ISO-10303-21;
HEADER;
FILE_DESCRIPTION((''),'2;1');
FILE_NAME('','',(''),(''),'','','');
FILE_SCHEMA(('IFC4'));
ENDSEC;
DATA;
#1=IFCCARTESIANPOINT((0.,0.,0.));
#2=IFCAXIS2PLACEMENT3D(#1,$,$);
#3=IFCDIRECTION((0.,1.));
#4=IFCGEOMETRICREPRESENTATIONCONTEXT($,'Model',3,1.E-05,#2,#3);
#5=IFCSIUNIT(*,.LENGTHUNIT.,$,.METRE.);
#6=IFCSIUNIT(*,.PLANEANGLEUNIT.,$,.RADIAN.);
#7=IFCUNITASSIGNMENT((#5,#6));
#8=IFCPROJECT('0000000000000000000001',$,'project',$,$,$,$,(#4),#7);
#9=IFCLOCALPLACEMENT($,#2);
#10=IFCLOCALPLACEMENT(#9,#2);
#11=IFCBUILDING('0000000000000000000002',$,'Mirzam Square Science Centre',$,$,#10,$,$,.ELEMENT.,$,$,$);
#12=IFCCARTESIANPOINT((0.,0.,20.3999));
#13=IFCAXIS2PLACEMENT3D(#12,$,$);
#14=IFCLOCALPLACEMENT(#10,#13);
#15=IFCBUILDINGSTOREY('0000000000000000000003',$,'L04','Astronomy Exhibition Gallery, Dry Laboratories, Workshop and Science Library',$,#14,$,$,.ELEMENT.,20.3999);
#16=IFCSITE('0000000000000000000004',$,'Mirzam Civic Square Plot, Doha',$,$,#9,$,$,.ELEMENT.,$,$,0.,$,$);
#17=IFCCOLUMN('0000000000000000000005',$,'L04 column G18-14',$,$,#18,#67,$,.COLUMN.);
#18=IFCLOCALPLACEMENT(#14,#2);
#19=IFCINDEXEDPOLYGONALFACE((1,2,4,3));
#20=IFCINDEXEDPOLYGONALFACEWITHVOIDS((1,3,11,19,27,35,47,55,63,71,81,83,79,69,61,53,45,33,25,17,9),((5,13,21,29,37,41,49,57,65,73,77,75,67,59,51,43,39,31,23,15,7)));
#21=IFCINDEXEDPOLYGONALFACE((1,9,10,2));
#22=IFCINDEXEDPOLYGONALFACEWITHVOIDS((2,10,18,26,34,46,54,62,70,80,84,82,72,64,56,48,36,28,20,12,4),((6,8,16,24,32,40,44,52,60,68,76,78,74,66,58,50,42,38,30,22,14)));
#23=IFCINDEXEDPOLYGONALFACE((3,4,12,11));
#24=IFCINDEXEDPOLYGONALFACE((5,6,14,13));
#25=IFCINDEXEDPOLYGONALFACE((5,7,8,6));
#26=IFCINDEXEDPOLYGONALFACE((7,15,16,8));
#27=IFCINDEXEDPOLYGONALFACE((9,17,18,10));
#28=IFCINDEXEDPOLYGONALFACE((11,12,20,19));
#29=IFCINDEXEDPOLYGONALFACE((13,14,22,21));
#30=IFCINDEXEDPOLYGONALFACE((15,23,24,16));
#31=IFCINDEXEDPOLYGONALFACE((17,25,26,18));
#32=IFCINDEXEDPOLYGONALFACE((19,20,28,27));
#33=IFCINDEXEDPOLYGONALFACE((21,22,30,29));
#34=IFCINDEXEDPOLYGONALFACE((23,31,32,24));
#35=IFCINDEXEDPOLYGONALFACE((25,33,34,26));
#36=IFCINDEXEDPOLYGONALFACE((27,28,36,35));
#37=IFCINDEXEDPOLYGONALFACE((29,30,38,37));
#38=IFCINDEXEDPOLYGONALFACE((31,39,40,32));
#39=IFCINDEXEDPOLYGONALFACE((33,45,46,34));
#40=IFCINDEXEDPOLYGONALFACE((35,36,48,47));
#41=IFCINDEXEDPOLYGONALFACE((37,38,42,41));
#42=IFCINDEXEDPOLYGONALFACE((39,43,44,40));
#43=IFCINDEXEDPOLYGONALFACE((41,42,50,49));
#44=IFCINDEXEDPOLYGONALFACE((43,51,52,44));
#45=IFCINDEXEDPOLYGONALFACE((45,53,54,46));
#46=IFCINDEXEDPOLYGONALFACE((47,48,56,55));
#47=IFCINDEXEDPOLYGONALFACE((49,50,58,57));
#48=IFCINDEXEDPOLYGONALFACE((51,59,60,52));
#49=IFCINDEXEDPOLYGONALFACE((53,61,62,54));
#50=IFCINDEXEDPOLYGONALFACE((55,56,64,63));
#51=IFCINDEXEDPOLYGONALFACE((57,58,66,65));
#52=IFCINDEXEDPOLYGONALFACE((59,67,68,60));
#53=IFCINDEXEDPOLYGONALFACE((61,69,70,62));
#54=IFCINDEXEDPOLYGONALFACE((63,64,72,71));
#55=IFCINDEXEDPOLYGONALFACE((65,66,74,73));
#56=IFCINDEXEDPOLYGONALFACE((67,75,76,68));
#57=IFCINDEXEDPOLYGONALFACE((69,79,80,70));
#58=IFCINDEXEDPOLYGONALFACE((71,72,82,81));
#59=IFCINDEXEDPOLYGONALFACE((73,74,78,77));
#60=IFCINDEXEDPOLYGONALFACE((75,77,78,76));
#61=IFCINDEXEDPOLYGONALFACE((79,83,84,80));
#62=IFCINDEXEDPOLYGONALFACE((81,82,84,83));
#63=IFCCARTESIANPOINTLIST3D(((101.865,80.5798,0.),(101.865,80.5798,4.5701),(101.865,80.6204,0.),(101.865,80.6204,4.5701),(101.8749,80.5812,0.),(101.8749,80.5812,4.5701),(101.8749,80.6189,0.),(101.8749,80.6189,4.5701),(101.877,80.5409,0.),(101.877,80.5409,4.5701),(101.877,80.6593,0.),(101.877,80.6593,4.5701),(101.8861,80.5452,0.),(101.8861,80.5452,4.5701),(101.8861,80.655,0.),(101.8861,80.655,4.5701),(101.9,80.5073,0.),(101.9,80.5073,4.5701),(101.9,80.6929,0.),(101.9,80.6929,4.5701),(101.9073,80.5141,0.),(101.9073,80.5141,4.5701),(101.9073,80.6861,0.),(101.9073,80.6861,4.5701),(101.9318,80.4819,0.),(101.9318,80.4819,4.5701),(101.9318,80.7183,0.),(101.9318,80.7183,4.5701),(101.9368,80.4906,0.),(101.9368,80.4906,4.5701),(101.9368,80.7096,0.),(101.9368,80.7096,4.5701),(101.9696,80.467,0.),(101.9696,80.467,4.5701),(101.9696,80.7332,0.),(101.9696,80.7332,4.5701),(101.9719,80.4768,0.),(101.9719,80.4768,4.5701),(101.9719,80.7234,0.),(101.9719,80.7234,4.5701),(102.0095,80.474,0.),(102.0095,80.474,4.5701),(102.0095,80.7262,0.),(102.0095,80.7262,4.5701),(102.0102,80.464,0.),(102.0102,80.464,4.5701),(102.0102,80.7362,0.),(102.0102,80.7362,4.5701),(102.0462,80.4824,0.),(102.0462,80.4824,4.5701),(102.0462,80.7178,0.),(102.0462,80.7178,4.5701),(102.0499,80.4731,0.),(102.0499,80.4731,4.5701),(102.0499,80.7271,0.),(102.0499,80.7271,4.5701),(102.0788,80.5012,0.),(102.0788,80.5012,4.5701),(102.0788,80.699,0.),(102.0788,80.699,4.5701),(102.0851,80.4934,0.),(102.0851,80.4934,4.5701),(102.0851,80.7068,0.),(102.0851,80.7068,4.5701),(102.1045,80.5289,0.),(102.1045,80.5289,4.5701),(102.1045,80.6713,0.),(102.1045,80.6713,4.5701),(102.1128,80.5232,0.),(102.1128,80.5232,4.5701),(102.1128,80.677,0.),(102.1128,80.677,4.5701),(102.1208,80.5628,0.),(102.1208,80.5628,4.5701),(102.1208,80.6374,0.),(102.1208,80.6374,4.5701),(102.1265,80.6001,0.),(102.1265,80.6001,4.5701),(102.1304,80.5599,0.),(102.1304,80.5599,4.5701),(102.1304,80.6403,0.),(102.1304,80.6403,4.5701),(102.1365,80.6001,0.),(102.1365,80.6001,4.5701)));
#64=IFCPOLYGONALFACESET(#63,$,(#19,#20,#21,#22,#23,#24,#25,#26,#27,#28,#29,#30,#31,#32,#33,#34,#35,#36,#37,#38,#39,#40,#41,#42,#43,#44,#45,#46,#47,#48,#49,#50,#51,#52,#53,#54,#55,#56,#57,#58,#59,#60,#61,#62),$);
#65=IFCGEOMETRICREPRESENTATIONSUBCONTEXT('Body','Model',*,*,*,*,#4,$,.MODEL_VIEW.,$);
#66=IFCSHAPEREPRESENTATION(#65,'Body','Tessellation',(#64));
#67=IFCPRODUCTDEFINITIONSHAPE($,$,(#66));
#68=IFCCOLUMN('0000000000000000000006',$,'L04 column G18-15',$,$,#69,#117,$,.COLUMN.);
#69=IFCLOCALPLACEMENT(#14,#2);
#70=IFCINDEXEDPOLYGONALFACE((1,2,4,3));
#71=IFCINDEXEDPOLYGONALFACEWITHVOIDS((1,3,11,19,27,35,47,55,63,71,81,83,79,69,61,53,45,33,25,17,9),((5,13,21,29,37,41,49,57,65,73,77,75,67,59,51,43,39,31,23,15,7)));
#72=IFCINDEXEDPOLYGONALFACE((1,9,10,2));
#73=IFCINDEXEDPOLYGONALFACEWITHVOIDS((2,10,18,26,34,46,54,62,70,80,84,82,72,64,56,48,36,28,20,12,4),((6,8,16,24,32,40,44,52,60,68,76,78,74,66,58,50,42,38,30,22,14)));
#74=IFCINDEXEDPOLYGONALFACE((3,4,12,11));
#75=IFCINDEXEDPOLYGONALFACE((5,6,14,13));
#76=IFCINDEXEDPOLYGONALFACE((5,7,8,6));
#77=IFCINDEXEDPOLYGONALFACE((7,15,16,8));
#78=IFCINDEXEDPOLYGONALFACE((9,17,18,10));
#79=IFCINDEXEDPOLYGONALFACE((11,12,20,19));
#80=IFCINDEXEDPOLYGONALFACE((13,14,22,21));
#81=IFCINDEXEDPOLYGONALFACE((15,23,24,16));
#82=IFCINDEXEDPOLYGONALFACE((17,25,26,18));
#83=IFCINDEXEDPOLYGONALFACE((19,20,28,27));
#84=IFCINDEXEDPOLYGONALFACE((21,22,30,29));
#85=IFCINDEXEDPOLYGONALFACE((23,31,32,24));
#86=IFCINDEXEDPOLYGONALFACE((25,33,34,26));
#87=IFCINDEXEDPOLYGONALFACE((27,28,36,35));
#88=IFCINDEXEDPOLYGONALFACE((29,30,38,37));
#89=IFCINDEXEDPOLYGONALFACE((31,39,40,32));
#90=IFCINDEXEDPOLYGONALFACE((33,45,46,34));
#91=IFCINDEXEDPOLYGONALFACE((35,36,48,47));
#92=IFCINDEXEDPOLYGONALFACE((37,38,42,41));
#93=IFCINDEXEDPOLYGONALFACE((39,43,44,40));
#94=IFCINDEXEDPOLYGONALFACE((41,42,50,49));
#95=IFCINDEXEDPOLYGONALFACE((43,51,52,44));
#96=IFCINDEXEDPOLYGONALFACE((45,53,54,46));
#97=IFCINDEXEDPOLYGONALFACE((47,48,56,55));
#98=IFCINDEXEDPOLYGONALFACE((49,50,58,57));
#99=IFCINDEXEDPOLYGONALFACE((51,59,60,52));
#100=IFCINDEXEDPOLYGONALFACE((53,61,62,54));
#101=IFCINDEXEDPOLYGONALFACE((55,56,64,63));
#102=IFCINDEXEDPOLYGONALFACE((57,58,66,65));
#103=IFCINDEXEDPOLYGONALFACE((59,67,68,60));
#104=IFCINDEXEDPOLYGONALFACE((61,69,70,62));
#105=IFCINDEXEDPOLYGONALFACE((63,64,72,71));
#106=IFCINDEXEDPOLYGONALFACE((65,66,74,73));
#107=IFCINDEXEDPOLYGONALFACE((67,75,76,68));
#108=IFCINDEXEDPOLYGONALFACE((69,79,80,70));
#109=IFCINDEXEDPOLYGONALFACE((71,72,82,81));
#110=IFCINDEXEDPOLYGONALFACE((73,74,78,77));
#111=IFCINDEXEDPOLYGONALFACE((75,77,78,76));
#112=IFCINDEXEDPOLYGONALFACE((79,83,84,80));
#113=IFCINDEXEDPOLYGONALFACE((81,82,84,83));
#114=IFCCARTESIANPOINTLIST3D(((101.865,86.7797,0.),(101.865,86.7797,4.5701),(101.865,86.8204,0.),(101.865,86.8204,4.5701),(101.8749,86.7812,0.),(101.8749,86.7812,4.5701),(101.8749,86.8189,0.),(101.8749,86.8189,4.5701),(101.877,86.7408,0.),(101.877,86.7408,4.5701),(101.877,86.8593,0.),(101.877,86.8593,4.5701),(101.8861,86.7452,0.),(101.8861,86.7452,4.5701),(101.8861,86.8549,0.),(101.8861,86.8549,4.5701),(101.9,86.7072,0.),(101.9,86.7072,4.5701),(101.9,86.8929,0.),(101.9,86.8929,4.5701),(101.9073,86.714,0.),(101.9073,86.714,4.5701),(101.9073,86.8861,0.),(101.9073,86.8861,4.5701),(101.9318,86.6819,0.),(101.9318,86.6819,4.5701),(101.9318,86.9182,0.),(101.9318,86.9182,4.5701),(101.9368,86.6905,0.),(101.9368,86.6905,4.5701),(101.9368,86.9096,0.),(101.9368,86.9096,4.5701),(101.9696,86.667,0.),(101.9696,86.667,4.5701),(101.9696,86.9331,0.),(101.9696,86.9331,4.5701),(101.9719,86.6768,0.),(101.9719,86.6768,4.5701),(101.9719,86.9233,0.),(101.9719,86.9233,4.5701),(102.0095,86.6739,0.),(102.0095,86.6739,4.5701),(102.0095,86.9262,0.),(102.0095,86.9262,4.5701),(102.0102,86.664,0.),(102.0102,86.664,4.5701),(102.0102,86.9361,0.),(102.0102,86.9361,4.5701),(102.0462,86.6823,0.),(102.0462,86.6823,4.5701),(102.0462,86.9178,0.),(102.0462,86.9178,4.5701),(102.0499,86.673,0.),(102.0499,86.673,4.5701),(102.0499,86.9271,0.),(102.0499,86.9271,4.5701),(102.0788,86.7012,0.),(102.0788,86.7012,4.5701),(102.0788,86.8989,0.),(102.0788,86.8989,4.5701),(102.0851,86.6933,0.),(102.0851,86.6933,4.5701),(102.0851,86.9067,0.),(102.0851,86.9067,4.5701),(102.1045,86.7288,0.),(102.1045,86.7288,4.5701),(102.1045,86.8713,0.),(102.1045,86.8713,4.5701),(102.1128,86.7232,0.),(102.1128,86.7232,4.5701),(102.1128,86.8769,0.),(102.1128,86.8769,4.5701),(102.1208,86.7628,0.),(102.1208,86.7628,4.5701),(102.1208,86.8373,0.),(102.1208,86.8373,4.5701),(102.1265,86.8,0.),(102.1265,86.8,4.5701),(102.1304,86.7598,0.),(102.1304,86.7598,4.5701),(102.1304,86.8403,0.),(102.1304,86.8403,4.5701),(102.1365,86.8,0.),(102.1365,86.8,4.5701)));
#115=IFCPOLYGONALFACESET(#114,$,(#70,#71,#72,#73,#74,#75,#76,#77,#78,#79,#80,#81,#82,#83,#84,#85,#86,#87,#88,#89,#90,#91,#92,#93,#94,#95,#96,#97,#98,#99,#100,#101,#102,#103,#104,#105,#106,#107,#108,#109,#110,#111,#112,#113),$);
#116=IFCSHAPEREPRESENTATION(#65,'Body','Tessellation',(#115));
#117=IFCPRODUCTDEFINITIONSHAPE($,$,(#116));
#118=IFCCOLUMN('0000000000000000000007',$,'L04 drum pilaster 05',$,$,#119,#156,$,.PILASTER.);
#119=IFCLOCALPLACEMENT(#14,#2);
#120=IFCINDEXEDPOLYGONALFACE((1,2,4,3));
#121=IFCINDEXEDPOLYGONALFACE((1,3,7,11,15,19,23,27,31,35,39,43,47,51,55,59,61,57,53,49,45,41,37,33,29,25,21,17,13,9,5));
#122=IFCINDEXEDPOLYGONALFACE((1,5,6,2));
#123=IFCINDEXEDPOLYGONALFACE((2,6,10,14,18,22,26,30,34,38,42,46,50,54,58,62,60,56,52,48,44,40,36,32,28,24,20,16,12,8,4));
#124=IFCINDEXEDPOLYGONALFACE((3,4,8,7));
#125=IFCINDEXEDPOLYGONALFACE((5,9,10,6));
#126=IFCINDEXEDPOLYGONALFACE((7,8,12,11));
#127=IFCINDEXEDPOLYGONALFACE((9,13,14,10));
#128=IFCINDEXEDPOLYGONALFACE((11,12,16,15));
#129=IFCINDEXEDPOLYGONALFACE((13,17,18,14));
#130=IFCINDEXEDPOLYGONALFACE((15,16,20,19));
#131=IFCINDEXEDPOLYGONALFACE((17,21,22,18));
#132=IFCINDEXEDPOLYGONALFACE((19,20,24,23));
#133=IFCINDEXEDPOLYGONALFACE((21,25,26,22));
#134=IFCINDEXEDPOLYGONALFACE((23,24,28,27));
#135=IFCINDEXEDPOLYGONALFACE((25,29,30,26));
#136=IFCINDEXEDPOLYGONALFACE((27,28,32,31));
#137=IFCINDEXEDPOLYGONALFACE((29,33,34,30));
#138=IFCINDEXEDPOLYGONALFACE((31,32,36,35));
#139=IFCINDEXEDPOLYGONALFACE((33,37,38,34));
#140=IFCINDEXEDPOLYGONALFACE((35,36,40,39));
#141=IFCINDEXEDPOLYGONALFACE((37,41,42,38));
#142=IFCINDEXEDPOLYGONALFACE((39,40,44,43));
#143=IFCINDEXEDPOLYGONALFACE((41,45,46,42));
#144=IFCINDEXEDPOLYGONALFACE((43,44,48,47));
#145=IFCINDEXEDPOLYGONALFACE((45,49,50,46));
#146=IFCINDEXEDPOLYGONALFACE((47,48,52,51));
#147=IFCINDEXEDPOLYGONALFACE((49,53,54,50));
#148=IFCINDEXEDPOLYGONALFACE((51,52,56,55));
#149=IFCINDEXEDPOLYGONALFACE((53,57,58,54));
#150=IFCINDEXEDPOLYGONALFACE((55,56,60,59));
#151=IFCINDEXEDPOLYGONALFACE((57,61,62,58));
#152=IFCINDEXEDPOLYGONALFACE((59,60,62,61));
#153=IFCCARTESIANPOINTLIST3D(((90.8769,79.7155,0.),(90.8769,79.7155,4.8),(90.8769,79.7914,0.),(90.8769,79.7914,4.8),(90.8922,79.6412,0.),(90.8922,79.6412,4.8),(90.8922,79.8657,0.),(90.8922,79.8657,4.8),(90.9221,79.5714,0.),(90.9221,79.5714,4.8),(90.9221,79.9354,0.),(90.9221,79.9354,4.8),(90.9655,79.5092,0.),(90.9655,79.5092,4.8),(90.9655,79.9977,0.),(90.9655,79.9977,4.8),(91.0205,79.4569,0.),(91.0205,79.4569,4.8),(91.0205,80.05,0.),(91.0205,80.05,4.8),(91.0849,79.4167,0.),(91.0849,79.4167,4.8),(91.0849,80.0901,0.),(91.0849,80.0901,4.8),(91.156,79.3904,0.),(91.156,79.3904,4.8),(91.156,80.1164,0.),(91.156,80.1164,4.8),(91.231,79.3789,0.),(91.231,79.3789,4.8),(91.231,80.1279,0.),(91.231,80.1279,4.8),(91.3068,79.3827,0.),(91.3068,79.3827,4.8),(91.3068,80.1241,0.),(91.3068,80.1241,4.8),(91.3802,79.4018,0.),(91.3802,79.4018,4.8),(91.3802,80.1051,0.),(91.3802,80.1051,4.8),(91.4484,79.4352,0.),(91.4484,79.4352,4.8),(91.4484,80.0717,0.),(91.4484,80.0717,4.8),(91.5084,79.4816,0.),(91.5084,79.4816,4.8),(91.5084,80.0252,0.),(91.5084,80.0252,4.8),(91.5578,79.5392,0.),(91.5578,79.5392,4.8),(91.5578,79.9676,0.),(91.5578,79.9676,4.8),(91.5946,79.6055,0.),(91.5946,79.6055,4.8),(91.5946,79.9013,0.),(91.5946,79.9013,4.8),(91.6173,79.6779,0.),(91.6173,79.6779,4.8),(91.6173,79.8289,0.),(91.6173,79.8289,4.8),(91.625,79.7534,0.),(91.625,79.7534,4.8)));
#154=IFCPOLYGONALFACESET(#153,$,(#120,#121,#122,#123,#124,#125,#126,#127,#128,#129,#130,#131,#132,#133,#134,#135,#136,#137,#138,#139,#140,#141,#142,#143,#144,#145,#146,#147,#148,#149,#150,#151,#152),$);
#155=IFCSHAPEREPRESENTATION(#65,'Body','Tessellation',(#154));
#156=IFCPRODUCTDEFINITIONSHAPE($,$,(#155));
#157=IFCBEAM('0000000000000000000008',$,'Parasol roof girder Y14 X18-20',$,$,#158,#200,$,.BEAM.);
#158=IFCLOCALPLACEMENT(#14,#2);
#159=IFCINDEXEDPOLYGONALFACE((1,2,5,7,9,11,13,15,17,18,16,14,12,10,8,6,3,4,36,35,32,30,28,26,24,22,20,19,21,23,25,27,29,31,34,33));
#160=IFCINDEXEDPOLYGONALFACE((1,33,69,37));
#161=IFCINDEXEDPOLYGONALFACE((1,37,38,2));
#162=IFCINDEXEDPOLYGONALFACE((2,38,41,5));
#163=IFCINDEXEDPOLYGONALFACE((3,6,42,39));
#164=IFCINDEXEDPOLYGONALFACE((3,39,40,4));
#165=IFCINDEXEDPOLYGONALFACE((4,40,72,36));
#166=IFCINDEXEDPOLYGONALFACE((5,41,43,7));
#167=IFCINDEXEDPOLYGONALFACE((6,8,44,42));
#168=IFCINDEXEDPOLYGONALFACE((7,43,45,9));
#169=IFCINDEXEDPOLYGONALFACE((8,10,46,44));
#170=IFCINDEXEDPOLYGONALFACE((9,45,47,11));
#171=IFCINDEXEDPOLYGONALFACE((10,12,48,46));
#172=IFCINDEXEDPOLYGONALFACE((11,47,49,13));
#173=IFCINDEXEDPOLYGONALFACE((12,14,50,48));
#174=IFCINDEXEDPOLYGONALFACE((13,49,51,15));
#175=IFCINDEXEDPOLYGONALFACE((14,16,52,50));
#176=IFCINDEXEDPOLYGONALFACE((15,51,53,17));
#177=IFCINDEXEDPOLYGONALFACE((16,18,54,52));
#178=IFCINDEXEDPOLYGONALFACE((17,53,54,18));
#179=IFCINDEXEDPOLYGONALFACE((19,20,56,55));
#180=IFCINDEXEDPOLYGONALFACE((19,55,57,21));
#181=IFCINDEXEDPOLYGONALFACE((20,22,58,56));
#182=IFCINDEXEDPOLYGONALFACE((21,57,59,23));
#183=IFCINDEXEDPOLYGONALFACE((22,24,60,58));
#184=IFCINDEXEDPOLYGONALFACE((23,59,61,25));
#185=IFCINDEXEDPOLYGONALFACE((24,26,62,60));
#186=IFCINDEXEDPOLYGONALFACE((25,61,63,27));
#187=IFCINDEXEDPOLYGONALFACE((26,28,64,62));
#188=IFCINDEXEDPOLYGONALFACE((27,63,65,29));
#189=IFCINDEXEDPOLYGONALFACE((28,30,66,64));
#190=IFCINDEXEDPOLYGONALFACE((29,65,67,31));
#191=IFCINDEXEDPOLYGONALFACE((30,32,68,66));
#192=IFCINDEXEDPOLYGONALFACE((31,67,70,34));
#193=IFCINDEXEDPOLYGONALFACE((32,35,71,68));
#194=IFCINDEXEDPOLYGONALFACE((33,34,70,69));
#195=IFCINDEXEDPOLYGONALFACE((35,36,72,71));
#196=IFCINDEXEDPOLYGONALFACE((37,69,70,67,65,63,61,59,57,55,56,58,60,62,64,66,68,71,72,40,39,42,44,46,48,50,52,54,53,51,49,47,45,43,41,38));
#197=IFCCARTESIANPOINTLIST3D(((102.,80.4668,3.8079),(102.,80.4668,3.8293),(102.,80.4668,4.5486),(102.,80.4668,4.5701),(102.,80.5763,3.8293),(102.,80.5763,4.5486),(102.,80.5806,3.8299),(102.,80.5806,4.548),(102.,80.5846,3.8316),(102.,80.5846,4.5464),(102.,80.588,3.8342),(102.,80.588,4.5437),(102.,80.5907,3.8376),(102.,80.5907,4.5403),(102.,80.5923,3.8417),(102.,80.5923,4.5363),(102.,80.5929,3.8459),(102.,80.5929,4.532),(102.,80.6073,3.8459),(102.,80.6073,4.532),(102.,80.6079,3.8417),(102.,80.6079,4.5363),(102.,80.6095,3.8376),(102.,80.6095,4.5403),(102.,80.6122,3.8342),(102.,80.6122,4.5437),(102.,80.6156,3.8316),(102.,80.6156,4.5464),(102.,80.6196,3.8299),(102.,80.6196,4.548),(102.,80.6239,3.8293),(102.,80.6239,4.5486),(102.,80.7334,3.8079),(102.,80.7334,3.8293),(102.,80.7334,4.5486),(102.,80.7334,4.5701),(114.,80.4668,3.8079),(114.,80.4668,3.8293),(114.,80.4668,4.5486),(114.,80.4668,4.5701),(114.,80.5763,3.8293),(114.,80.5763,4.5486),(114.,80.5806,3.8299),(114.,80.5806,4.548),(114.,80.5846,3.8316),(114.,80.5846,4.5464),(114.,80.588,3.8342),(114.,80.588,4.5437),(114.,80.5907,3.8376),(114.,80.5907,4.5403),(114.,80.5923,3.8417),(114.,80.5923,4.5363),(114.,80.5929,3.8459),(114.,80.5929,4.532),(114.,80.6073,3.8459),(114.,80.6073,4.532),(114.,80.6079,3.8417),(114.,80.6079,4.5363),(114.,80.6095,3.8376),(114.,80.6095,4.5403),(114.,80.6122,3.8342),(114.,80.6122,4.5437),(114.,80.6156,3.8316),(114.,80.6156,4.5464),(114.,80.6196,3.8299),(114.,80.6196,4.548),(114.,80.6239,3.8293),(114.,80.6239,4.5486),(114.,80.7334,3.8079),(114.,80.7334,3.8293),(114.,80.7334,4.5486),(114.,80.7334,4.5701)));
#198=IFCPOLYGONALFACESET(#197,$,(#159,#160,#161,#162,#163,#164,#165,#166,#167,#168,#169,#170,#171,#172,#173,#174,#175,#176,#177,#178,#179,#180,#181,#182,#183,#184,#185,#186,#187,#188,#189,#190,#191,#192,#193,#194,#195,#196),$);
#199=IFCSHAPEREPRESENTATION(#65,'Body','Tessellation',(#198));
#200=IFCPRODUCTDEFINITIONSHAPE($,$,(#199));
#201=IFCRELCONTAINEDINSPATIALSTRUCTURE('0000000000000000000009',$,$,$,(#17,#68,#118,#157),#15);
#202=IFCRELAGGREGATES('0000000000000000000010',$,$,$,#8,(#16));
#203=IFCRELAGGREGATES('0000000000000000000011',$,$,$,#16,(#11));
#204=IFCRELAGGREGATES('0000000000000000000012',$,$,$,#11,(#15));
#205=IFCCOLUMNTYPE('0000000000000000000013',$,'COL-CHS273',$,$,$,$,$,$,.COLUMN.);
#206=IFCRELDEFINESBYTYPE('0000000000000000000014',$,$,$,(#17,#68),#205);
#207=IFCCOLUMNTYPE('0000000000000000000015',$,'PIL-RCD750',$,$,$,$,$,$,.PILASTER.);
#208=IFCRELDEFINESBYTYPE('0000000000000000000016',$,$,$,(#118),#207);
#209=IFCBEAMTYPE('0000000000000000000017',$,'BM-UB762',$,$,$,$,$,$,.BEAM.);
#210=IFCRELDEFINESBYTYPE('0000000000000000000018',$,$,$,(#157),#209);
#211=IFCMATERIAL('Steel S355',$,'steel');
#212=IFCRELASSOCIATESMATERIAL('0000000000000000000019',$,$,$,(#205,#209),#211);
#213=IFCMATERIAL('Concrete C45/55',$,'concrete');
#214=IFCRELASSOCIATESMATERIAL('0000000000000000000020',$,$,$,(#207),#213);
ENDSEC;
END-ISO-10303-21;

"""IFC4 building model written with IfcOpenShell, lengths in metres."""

from ifc_helpers import new_model, si_unit, direction, frame, origin, origin_2d, place, context, subcontext, project, spatial, circle, hollow_circle, i_section, extrude, material, material_profile, profile_set, type_object, element, save


model = new_model("IFC4")

# Units and contexts
model_context = context("Model", 3, precision=1e-05, world=origin(), true_north=direction((0.0, 1.0)))
body_context = subcontext(model_context, "Body", "Model", "MODEL_VIEW")
ifc_project = project(units=[si_unit("LENGTHUNIT", "METRE"), si_unit("PLANEANGLEUNIT", "RADIAN")], contexts=[model_context])

# Site, building, storey
site_placement = place(None, origin())
site = spatial("IfcSite", under=ifc_project, at=site_placement, Name="Mirzam Civic Square Plot, Doha", CompositionType="ELEMENT", RefElevation=0.0)
building_placement = place(site_placement, origin())
building = spatial("IfcBuilding", under=site, at=building_placement, Name="Mirzam Square Science Centre", CompositionType="ELEMENT")
storey_placement = place(building_placement, frame((0.0, 0.0, 20.3999)))
storey = spatial("IfcBuildingStorey", under=building, at=storey_placement, Name="L04", Description="Astronomy Exhibition Gallery, Dry Laboratories, Workshop and Science Library", CompositionType="ELEMENT", Elevation=20.3999)

# Columns
ifc_material_1 = material(Name="Steel S355", Category="steel")
ifc_material_profile_1 = material_profile(ifc_material_1, hollow_circle(Radius=0.1365, WallThickness=0.01, at=origin_2d()), Name="273.0x10.0CHS")
ifc_profile_set_1 = profile_set([ifc_material_profile_1], Name="Steel S355")
column_type_1 = type_object("IfcColumnType", Name="COL-CHS273", PredefinedType="COLUMN", material=ifc_profile_set_1)
for number, where, z_axis, x_axis, name in (
    (1, (102.0, 80.6001, 0.0), (0.0, 0.0, 1.0), (1.0, 0.0, 0.0), "L04 column G18-14"),
    (2, (102.0, 86.8, 0.0), (0.0, 0.0, 1.0), (1.0, 0.0, 0.0), "L04 column G18-15"),
):
    element("IfcColumn", number, at=place(storey_placement, frame(where, z_axis=z_axis, x_axis=x_axis)), inside=storey, type_object=column_type_1, Name=name, PredefinedType="COLUMN", context=body_context, shape_type="SweptSolid", body=[
        extrude(hollow_circle(Radius=0.1365, WallThickness=0.01, at=origin_2d()), origin(), (0.0, 0.0, 1.0), 4.5701),
    ])
ifc_material_2 = material(Name="Concrete C45/55", Category="concrete")
ifc_material_profile_2 = material_profile(ifc_material_2, circle(Radius=0.375, at=origin_2d()), Name="RCD750")
ifc_profile_set_2 = profile_set([ifc_material_profile_2], Name="Concrete C45/55")
column_type_2 = type_object("IfcColumnType", Name="PIL-RCD750", PredefinedType="PILASTER", material=ifc_profile_set_2)
column_placement = place(storey_placement, frame((91.25, 79.7534, 0.0), z_axis=(0.0, 0.0, 1.0), x_axis=(1.0, 0.0, 0.0)))
element("IfcColumn", 3, at=column_placement, inside=storey, type_object=column_type_2, Name="L04 drum pilaster 05", PredefinedType="PILASTER", context=body_context, shape_type="SweptSolid", body=[
    extrude(circle(Radius=0.375, at=origin_2d()), origin(), (0.0, 0.0, 1.0), 4.8),
])

# Beam
ifc_material_profile_3 = material_profile(ifc_material_1, i_section(OverallWidth=0.2666, OverallDepth=0.7622, WebThickness=0.0144, FlangeThickness=0.0215, FilletRadius=0.0166, at=origin_2d()), Name="762x267x173UB")
ifc_profile_set_3 = profile_set([ifc_material_profile_3], Name="Steel S355")
beam_type_1 = type_object("IfcBeamType", Name="BM-UB762", PredefinedType="BEAM", material=ifc_profile_set_3)
beam_1_placement = place(storey_placement, frame((102.0, 80.6001, 4.189), z_axis=(1.0, 0.0, 0.0), x_axis=(0.0, 1.0, 0.0)))
element("IfcBeam", 4, at=beam_1_placement, inside=storey, type_object=beam_type_1, Name="Parasol roof girder Y14 X18-20", PredefinedType="BEAM", context=body_context, shape_type="SweptSolid", body=[
    extrude(i_section(OverallWidth=0.2666, OverallDepth=0.7622, WebThickness=0.0144, FlangeThickness=0.0215, FilletRadius=0.0166, at=origin_2d()), origin(), (0.0, 0.0, 1.0), 12.0),
])

save(model, "model.ifc")
